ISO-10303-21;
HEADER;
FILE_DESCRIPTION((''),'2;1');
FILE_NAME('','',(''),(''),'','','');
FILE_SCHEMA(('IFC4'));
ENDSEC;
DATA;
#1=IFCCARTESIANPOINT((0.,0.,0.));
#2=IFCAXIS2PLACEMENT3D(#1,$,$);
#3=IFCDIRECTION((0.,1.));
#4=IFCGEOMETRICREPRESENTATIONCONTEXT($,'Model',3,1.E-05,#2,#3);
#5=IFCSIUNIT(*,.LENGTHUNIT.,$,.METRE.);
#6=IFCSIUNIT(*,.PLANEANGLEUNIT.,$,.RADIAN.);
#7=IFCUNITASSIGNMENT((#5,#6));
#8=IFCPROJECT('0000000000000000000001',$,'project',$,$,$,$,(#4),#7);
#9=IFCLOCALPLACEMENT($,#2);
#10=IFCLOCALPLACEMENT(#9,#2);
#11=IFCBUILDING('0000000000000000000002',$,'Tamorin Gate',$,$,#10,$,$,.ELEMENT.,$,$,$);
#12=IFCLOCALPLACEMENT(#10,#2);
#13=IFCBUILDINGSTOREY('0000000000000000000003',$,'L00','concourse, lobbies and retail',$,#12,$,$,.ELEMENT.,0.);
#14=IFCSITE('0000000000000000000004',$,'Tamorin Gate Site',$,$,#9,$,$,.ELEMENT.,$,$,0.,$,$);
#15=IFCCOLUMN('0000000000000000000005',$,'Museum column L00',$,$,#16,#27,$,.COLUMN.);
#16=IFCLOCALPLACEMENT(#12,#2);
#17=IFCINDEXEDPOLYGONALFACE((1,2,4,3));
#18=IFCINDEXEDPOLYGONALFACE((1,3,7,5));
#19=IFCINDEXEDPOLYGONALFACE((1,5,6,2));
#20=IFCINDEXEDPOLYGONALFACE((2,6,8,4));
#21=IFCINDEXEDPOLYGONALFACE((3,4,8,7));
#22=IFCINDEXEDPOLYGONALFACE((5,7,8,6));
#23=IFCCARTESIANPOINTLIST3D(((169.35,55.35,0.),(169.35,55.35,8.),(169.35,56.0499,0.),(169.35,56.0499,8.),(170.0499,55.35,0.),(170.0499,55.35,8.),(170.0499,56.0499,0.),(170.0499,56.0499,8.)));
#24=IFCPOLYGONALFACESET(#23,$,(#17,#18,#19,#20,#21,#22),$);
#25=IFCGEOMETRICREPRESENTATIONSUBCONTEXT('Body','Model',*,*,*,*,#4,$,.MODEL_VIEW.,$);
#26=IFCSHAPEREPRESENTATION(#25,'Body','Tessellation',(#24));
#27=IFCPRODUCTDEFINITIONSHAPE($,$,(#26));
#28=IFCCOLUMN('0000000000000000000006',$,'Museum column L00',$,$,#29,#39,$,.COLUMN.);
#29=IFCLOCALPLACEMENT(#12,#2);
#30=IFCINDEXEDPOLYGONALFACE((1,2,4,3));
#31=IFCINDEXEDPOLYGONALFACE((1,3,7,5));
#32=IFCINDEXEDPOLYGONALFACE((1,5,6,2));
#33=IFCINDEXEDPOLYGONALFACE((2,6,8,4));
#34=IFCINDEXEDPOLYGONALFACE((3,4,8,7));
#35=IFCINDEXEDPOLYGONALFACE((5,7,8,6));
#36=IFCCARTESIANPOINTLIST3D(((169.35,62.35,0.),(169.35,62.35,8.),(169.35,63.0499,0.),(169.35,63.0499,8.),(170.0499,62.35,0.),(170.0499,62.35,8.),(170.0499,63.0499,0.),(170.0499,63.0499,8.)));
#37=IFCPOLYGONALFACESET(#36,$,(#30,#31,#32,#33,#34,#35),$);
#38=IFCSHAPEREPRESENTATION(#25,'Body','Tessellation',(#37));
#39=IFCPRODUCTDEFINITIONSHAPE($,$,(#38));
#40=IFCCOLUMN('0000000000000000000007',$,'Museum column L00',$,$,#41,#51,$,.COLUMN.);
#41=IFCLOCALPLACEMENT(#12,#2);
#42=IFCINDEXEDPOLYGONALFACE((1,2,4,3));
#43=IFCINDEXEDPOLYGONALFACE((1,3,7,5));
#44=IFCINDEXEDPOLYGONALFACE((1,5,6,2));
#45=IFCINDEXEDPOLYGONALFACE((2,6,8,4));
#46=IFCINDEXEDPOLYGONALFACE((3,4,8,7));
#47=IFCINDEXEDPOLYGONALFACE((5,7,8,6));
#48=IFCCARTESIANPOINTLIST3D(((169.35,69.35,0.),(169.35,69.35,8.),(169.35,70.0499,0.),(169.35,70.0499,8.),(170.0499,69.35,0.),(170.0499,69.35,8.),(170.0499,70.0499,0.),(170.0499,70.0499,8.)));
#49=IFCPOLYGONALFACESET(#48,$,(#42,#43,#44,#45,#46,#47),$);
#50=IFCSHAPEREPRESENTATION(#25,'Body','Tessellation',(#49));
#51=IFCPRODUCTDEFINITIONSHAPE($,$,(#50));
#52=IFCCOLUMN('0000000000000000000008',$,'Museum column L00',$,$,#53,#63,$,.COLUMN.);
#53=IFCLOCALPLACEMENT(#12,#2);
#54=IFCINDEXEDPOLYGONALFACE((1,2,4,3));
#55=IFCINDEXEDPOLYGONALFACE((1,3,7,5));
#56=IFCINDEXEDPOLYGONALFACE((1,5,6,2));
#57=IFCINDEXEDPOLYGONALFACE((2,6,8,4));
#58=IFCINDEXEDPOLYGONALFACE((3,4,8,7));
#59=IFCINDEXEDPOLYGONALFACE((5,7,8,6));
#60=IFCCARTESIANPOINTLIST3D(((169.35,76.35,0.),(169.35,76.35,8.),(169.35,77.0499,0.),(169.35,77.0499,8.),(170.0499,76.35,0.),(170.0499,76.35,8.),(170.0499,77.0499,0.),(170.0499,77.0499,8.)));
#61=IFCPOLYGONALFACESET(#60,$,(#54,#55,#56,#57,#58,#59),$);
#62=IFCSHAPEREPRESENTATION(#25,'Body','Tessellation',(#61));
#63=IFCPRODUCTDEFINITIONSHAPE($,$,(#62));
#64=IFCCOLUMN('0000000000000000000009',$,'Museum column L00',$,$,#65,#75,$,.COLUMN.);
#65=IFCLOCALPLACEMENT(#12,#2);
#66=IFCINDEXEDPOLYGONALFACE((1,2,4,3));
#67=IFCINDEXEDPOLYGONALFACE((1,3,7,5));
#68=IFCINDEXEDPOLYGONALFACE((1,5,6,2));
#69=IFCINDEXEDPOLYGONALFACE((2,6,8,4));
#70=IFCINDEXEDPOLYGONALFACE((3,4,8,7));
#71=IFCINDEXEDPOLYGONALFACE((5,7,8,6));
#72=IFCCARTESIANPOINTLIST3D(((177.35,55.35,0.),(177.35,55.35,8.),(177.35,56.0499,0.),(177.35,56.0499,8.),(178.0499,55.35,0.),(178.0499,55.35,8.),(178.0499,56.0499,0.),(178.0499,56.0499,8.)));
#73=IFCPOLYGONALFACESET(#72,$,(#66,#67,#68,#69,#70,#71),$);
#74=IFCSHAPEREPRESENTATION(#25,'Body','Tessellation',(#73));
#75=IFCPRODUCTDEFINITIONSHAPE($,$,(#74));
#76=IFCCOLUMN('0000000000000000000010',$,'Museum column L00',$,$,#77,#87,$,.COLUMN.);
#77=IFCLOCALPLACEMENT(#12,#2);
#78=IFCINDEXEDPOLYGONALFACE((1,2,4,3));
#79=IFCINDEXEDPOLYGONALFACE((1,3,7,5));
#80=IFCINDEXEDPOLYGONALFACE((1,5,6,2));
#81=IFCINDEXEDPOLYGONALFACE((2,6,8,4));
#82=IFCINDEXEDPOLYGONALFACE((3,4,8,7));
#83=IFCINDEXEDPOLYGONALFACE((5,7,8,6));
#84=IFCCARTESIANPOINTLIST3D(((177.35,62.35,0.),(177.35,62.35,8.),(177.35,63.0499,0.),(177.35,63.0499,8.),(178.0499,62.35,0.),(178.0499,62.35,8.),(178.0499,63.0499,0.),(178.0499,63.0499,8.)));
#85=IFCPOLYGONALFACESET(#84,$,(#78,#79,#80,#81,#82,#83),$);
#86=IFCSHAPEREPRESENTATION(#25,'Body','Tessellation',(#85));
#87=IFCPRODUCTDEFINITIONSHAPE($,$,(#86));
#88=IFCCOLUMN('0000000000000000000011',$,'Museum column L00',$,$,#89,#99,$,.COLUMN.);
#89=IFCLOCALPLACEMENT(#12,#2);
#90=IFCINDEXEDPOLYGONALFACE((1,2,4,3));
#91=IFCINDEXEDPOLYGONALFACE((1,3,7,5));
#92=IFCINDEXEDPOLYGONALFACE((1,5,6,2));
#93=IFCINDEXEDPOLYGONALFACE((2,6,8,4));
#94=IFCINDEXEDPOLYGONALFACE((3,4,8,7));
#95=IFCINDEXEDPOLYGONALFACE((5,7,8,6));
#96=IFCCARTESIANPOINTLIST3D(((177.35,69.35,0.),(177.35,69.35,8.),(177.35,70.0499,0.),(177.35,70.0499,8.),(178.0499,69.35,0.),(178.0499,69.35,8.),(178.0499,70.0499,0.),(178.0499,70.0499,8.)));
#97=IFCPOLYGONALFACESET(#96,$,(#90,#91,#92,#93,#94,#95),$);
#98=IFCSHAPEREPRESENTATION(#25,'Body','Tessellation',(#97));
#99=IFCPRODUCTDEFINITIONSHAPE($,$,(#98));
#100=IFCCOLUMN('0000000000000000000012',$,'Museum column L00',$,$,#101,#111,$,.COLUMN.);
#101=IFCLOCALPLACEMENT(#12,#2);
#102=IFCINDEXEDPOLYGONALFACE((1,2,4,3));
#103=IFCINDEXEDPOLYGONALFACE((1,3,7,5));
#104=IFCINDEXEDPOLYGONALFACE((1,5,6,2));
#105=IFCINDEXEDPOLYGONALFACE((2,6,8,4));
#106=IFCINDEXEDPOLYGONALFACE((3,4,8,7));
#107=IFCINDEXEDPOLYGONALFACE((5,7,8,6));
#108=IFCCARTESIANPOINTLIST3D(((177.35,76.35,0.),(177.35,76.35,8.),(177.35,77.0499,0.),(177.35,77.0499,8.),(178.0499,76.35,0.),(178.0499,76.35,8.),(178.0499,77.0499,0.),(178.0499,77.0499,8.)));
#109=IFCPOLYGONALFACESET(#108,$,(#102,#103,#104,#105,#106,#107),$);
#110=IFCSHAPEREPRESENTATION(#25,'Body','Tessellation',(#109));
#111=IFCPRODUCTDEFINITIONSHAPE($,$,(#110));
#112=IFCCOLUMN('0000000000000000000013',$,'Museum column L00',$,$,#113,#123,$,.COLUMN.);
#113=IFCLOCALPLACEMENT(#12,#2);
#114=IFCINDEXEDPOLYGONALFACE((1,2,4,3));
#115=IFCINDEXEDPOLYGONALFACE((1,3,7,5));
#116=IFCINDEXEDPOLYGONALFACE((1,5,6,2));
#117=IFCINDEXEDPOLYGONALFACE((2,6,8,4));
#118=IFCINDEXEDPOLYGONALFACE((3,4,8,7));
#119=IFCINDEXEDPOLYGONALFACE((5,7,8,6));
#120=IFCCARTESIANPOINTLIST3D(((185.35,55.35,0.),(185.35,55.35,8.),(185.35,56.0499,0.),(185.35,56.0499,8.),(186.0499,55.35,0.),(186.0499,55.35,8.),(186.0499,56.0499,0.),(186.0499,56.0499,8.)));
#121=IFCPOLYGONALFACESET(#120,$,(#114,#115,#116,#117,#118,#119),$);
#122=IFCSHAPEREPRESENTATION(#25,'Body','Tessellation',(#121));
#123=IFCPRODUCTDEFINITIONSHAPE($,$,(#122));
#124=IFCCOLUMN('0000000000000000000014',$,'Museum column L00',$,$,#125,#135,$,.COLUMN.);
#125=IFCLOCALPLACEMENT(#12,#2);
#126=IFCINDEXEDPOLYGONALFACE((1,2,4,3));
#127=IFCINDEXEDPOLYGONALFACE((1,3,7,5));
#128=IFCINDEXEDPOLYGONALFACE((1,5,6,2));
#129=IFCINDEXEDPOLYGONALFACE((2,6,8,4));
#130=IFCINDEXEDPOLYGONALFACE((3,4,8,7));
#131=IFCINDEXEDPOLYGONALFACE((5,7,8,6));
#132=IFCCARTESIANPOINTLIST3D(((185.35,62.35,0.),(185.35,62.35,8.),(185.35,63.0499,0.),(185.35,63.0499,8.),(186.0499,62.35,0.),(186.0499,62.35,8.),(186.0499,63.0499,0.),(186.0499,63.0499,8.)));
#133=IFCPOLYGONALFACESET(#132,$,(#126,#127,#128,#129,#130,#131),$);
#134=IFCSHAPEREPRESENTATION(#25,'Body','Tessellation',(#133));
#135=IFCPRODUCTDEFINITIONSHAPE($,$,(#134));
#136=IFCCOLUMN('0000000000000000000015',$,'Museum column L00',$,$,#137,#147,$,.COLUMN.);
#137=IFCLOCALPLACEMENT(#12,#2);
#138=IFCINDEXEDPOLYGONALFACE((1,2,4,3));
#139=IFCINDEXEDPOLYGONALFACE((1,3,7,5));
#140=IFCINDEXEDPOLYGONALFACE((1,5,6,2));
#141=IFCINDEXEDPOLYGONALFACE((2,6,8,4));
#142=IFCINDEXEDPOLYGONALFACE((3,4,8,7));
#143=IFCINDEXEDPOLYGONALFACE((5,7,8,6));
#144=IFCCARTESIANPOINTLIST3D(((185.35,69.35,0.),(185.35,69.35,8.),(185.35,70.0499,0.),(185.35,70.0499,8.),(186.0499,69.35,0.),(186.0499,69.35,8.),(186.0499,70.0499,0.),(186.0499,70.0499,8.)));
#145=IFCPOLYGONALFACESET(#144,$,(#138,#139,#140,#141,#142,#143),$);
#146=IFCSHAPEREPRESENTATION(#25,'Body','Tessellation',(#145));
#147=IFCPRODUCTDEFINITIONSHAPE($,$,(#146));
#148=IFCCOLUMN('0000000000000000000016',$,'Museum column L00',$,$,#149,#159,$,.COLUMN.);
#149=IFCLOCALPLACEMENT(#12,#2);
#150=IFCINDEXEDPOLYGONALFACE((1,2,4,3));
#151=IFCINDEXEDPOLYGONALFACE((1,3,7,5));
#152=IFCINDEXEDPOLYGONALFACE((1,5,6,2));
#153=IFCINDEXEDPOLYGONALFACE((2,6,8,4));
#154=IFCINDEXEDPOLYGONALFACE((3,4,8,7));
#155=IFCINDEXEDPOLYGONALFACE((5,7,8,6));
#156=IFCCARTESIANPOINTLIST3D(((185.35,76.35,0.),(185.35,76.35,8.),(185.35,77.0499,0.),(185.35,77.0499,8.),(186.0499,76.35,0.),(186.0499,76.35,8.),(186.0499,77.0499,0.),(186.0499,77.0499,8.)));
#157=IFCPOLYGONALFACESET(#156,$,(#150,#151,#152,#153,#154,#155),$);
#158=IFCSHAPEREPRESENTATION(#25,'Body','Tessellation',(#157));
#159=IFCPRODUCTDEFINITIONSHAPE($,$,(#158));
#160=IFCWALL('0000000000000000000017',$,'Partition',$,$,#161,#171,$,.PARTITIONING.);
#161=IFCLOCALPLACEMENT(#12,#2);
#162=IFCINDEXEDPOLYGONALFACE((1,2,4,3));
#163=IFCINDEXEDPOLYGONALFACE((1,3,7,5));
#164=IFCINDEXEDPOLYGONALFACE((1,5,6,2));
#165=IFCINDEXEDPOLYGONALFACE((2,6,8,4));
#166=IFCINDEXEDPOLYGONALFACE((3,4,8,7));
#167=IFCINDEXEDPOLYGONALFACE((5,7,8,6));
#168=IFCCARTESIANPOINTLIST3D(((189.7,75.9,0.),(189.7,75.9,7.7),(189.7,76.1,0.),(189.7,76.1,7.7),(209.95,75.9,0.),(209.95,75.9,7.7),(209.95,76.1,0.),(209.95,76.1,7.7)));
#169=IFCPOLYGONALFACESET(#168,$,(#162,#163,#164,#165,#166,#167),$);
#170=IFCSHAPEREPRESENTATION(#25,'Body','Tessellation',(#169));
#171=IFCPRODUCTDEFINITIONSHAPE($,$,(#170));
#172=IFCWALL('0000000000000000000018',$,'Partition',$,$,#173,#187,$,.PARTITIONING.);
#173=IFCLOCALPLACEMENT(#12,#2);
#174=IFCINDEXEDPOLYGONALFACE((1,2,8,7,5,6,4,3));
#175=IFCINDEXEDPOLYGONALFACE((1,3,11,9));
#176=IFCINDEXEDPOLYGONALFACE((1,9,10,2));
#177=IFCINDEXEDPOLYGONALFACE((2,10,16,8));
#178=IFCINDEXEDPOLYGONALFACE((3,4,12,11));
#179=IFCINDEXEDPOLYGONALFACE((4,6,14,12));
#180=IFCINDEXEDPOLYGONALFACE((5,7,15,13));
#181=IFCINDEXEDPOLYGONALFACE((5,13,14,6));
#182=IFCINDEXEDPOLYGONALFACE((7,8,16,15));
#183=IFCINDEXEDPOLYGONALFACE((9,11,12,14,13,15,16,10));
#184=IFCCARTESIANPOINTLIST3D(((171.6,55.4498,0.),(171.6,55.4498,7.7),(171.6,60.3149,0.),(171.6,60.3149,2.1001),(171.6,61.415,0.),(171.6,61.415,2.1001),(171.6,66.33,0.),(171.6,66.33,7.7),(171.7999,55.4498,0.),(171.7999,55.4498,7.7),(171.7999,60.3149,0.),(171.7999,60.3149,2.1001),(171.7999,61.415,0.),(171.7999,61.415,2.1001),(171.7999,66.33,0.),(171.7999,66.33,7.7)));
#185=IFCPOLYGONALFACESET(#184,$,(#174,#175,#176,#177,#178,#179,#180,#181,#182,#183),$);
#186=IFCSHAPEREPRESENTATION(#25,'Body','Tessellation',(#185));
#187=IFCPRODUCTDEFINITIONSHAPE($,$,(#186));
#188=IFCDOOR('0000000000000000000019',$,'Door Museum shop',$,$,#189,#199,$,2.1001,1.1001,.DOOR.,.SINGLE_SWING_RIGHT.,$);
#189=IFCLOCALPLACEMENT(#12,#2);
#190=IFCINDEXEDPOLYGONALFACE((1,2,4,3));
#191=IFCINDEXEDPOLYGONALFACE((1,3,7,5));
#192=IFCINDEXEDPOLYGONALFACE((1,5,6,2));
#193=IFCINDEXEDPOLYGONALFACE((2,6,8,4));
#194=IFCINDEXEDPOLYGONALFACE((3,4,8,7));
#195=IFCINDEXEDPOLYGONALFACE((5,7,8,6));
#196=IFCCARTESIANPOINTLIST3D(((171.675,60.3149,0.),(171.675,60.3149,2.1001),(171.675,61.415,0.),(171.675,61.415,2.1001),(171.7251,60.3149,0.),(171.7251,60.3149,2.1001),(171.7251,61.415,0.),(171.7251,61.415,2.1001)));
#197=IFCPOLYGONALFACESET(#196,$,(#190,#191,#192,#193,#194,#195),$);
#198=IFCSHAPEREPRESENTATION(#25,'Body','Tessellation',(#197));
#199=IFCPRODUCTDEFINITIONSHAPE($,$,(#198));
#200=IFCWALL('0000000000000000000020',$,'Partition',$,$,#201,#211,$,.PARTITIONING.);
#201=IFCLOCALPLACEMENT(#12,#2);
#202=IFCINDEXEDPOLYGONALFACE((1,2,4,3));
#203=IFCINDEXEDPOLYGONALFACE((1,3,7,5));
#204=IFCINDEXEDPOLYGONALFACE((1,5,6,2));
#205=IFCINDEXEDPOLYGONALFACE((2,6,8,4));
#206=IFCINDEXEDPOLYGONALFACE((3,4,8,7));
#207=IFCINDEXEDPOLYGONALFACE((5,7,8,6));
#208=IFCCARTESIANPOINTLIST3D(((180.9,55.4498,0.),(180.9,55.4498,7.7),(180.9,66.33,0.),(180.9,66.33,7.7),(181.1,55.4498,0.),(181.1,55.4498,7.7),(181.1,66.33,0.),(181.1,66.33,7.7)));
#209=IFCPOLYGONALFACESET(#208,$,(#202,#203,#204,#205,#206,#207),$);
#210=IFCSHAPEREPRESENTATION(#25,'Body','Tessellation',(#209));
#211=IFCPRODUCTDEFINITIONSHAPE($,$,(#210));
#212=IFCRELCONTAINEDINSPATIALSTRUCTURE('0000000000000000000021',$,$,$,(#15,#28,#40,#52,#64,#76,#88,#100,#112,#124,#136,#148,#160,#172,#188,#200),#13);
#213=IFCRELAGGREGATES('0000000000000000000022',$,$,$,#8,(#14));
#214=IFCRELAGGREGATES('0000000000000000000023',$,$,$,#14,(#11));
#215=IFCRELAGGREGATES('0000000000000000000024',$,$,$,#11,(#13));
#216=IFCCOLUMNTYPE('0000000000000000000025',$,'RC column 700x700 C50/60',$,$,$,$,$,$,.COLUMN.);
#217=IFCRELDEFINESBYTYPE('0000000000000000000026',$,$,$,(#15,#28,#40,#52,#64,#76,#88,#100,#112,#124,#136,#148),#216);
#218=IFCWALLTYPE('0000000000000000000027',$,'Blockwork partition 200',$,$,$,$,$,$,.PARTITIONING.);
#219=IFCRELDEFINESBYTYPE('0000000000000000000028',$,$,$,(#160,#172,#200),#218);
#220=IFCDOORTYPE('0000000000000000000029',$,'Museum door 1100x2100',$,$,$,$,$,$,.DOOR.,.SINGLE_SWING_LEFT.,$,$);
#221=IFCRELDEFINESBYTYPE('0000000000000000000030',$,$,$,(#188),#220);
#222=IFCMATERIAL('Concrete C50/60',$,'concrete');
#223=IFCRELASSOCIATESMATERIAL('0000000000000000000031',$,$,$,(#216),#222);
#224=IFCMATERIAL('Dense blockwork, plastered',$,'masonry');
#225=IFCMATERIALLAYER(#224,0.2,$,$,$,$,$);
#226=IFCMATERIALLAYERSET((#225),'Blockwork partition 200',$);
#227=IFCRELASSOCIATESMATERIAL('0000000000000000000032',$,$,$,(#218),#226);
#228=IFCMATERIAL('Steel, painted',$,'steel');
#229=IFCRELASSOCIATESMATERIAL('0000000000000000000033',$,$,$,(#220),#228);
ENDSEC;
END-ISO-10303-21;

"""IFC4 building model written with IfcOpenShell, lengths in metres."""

from ifc_helpers import new_model, si_unit, direction, frame, frame_2d, origin, origin_2d, place, context, subcontext, project, spatial, rectangle, extrude, material, layer, layer_set, material_profile, profile_set, type_object, element, fill, save


model = new_model("IFC4")

# Units and contexts
model_context = context("Model", 3, precision=1e-05, world=origin(), true_north=direction((0.0, 1.0)))
body_context = subcontext(model_context, "Body", "Model", "MODEL_VIEW")
ifc_project = project(units=[si_unit("LENGTHUNIT", "METRE"), si_unit("PLANEANGLEUNIT", "RADIAN")], contexts=[model_context])

# Site, building, storey
site_placement = place(None, origin())
site = spatial("IfcSite", under=ifc_project, at=site_placement, Name="Tamorin Gate Site", CompositionType="ELEMENT", RefElevation=0.0)
building_placement = place(site_placement, origin())
building = spatial("IfcBuilding", under=site, at=building_placement, Name="Tamorin Gate", CompositionType="ELEMENT")
storey_placement = place(building_placement, origin())
storey = spatial("IfcBuildingStorey", under=building, at=storey_placement, Name="L00", Description="concourse, lobbies and retail", CompositionType="ELEMENT", Elevation=0.0)

# Columns
ifc_material_1 = material(Name="Concrete C50/60", Category="concrete")
ifc_material_profile = material_profile(ifc_material_1, rectangle(XDim=0.7, YDim=0.7, at=origin_2d()), Name="RC 700x700")
ifc_profile_set = profile_set([ifc_material_profile], Name="Concrete C50/60")
column_type = type_object("IfcColumnType", Name="RC column 700x700 C50/60", PredefinedType="COLUMN", material=ifc_profile_set)
for number, where, z_axis, x_axis, name in (
    (1, (169.7, 55.7, 0.0), (0.0, 0.0, 1.0), (1.0, 0.0, 0.0), "Museum column L00"),
    (2, (169.7, 62.7, 0.0), (0.0, 0.0, 1.0), (1.0, 0.0, 0.0), "Museum column L00"),
    (3, (169.7, 69.7, 0.0), (0.0, 0.0, 1.0), (1.0, 0.0, 0.0), "Museum column L00"),
    (4, (169.7, 76.7, 0.0), (0.0, 0.0, 1.0), (1.0, 0.0, 0.0), "Museum column L00"),
    (5, (177.7, 55.7, 0.0), (0.0, 0.0, 1.0), (1.0, 0.0, 0.0), "Museum column L00"),
    (6, (177.7, 62.7, 0.0), (0.0, 0.0, 1.0), (1.0, 0.0, 0.0), "Museum column L00"),
    (7, (177.7, 69.7, 0.0), (0.0, 0.0, 1.0), (1.0, 0.0, 0.0), "Museum column L00"),
    (8, (177.7, 76.7, 0.0), (0.0, 0.0, 1.0), (1.0, 0.0, 0.0), "Museum column L00"),
    (9, (185.7, 55.7, 0.0), (0.0, 0.0, 1.0), (1.0, 0.0, 0.0), "Museum column L00"),
    (10, (185.7, 62.7, 0.0), (0.0, 0.0, 1.0), (1.0, 0.0, 0.0), "Museum column L00"),
    (11, (185.7, 69.7, 0.0), (0.0, 0.0, 1.0), (1.0, 0.0, 0.0), "Museum column L00"),
    (12, (185.7, 76.7, 0.0), (0.0, 0.0, 1.0), (1.0, 0.0, 0.0), "Museum column L00"),
):
    element("IfcColumn", number, at=place(storey_placement, frame(where, z_axis=z_axis, x_axis=x_axis)), inside=storey, type_object=column_type, Name=name, PredefinedType="COLUMN", context=body_context, shape_type="SweptSolid", body=[
        extrude(rectangle(XDim=0.7, YDim=0.7, at=origin_2d()), origin(), (0.0, 0.0, 1.0), 8.0),
    ])

# Wall
ifc_material_2 = material(Name="Dense blockwork, plastered", Category="masonry")
ifc_layer_1 = layer(ifc_material_2, 0.2)
ifc_layer_set_1 = layer_set([ifc_layer_1], Name="Blockwork partition 200")
wall_type_1 = type_object("IfcWallType", Name="Blockwork partition 200", PredefinedType="PARTITIONING", material=ifc_layer_set_1)
wall_1_placement = place(storey_placement, frame((189.7, 76.0, 0.0), z_axis=(0.0, 0.0, 1.0), x_axis=(1.0, 0.0, 0.0)))
element("IfcWall", 13, at=wall_1_placement, inside=storey, type_object=wall_type_1, Name="Partition", PredefinedType="PARTITIONING", context=body_context, shape_type="SweptSolid", body=[
    extrude(rectangle(XDim=20.25, YDim=0.2, at=frame_2d((10.125, 0.0))), origin(), (0.0, 0.0, 1.0), 7.7),
])

# Wall, opening, door
wall_2_placement = place(storey_placement, frame((171.7, 55.45, 0.0), z_axis=(0.0, 0.0, 1.0), x_axis=(0.0, 1.0, 0.0)))
wall_2 = element("IfcWall", 14, at=wall_2_placement, inside=storey, type_object=wall_type_1, Name="Partition", PredefinedType="PARTITIONING", context=body_context, shape_type="SweptSolid", body=[
    extrude(rectangle(XDim=10.8801, YDim=0.2, at=frame_2d((5.4399, 0.0))), origin(), (0.0, 0.0, 1.0), 7.7),
])
opening_1_placement = place(wall_2_placement, frame((4.865, 0.0, 0.0)))
opening_1 = element("IfcOpeningElement", 15, at=opening_1_placement, cuts=wall_2, PredefinedType="OPENING", context=body_context, shape_type="SweptSolid", body=[
    extrude(rectangle(XDim=1.1001, YDim=2.1001, at=frame_2d((0.55, 1.05))), frame((0.0, 0.1099, 0.0), z_axis=(0.0, -1.0, 0.0), x_axis=(1.0, 0.0, 0.0)), (0.0, 0.0, 1.0), 0.22),
])
ifc_material_3 = material(Name="Steel, painted", Category="steel")
door_type_1 = type_object("IfcDoorType", Name="Museum door 1100x2100", OperationType="SINGLE_SWING_LEFT", PredefinedType="DOOR", material=ifc_material_3)
door_1_placement = place(opening_1_placement, origin())
door_1 = element("IfcDoor", 16, at=door_1_placement, inside=storey, type_object=door_type_1, Name="Door Museum shop", OperationType="SINGLE_SWING_RIGHT", OverallHeight=2.1001, OverallWidth=1.1001, PredefinedType="DOOR", context=body_context, shape_type="SweptSolid", body=[
    extrude(rectangle(XDim=1.1001, YDim=2.1001, at=frame_2d((0.55, 1.05))), frame((0.0, 0.0249, 0.0), z_axis=(0.0, -1.0, 0.0), x_axis=(1.0, 0.0, 0.0)), (0.0, 0.0, 1.0), 0.05),
])
fill(opening_1, door_1)

# Wall
wall_3_placement = place(storey_placement, frame((181.0, 55.45, 0.0), z_axis=(0.0, 0.0, 1.0), x_axis=(0.0, 1.0, 0.0)))
element("IfcWall", 17, at=wall_3_placement, inside=storey, type_object=wall_type_1, Name="Partition", PredefinedType="PARTITIONING", context=body_context, shape_type="SweptSolid", body=[
    extrude(rectangle(XDim=10.8801, YDim=0.2, at=frame_2d((5.4399, 0.0))), origin(), (0.0, 0.0, 1.0), 7.7),
])

save(model, "model.ifc")
